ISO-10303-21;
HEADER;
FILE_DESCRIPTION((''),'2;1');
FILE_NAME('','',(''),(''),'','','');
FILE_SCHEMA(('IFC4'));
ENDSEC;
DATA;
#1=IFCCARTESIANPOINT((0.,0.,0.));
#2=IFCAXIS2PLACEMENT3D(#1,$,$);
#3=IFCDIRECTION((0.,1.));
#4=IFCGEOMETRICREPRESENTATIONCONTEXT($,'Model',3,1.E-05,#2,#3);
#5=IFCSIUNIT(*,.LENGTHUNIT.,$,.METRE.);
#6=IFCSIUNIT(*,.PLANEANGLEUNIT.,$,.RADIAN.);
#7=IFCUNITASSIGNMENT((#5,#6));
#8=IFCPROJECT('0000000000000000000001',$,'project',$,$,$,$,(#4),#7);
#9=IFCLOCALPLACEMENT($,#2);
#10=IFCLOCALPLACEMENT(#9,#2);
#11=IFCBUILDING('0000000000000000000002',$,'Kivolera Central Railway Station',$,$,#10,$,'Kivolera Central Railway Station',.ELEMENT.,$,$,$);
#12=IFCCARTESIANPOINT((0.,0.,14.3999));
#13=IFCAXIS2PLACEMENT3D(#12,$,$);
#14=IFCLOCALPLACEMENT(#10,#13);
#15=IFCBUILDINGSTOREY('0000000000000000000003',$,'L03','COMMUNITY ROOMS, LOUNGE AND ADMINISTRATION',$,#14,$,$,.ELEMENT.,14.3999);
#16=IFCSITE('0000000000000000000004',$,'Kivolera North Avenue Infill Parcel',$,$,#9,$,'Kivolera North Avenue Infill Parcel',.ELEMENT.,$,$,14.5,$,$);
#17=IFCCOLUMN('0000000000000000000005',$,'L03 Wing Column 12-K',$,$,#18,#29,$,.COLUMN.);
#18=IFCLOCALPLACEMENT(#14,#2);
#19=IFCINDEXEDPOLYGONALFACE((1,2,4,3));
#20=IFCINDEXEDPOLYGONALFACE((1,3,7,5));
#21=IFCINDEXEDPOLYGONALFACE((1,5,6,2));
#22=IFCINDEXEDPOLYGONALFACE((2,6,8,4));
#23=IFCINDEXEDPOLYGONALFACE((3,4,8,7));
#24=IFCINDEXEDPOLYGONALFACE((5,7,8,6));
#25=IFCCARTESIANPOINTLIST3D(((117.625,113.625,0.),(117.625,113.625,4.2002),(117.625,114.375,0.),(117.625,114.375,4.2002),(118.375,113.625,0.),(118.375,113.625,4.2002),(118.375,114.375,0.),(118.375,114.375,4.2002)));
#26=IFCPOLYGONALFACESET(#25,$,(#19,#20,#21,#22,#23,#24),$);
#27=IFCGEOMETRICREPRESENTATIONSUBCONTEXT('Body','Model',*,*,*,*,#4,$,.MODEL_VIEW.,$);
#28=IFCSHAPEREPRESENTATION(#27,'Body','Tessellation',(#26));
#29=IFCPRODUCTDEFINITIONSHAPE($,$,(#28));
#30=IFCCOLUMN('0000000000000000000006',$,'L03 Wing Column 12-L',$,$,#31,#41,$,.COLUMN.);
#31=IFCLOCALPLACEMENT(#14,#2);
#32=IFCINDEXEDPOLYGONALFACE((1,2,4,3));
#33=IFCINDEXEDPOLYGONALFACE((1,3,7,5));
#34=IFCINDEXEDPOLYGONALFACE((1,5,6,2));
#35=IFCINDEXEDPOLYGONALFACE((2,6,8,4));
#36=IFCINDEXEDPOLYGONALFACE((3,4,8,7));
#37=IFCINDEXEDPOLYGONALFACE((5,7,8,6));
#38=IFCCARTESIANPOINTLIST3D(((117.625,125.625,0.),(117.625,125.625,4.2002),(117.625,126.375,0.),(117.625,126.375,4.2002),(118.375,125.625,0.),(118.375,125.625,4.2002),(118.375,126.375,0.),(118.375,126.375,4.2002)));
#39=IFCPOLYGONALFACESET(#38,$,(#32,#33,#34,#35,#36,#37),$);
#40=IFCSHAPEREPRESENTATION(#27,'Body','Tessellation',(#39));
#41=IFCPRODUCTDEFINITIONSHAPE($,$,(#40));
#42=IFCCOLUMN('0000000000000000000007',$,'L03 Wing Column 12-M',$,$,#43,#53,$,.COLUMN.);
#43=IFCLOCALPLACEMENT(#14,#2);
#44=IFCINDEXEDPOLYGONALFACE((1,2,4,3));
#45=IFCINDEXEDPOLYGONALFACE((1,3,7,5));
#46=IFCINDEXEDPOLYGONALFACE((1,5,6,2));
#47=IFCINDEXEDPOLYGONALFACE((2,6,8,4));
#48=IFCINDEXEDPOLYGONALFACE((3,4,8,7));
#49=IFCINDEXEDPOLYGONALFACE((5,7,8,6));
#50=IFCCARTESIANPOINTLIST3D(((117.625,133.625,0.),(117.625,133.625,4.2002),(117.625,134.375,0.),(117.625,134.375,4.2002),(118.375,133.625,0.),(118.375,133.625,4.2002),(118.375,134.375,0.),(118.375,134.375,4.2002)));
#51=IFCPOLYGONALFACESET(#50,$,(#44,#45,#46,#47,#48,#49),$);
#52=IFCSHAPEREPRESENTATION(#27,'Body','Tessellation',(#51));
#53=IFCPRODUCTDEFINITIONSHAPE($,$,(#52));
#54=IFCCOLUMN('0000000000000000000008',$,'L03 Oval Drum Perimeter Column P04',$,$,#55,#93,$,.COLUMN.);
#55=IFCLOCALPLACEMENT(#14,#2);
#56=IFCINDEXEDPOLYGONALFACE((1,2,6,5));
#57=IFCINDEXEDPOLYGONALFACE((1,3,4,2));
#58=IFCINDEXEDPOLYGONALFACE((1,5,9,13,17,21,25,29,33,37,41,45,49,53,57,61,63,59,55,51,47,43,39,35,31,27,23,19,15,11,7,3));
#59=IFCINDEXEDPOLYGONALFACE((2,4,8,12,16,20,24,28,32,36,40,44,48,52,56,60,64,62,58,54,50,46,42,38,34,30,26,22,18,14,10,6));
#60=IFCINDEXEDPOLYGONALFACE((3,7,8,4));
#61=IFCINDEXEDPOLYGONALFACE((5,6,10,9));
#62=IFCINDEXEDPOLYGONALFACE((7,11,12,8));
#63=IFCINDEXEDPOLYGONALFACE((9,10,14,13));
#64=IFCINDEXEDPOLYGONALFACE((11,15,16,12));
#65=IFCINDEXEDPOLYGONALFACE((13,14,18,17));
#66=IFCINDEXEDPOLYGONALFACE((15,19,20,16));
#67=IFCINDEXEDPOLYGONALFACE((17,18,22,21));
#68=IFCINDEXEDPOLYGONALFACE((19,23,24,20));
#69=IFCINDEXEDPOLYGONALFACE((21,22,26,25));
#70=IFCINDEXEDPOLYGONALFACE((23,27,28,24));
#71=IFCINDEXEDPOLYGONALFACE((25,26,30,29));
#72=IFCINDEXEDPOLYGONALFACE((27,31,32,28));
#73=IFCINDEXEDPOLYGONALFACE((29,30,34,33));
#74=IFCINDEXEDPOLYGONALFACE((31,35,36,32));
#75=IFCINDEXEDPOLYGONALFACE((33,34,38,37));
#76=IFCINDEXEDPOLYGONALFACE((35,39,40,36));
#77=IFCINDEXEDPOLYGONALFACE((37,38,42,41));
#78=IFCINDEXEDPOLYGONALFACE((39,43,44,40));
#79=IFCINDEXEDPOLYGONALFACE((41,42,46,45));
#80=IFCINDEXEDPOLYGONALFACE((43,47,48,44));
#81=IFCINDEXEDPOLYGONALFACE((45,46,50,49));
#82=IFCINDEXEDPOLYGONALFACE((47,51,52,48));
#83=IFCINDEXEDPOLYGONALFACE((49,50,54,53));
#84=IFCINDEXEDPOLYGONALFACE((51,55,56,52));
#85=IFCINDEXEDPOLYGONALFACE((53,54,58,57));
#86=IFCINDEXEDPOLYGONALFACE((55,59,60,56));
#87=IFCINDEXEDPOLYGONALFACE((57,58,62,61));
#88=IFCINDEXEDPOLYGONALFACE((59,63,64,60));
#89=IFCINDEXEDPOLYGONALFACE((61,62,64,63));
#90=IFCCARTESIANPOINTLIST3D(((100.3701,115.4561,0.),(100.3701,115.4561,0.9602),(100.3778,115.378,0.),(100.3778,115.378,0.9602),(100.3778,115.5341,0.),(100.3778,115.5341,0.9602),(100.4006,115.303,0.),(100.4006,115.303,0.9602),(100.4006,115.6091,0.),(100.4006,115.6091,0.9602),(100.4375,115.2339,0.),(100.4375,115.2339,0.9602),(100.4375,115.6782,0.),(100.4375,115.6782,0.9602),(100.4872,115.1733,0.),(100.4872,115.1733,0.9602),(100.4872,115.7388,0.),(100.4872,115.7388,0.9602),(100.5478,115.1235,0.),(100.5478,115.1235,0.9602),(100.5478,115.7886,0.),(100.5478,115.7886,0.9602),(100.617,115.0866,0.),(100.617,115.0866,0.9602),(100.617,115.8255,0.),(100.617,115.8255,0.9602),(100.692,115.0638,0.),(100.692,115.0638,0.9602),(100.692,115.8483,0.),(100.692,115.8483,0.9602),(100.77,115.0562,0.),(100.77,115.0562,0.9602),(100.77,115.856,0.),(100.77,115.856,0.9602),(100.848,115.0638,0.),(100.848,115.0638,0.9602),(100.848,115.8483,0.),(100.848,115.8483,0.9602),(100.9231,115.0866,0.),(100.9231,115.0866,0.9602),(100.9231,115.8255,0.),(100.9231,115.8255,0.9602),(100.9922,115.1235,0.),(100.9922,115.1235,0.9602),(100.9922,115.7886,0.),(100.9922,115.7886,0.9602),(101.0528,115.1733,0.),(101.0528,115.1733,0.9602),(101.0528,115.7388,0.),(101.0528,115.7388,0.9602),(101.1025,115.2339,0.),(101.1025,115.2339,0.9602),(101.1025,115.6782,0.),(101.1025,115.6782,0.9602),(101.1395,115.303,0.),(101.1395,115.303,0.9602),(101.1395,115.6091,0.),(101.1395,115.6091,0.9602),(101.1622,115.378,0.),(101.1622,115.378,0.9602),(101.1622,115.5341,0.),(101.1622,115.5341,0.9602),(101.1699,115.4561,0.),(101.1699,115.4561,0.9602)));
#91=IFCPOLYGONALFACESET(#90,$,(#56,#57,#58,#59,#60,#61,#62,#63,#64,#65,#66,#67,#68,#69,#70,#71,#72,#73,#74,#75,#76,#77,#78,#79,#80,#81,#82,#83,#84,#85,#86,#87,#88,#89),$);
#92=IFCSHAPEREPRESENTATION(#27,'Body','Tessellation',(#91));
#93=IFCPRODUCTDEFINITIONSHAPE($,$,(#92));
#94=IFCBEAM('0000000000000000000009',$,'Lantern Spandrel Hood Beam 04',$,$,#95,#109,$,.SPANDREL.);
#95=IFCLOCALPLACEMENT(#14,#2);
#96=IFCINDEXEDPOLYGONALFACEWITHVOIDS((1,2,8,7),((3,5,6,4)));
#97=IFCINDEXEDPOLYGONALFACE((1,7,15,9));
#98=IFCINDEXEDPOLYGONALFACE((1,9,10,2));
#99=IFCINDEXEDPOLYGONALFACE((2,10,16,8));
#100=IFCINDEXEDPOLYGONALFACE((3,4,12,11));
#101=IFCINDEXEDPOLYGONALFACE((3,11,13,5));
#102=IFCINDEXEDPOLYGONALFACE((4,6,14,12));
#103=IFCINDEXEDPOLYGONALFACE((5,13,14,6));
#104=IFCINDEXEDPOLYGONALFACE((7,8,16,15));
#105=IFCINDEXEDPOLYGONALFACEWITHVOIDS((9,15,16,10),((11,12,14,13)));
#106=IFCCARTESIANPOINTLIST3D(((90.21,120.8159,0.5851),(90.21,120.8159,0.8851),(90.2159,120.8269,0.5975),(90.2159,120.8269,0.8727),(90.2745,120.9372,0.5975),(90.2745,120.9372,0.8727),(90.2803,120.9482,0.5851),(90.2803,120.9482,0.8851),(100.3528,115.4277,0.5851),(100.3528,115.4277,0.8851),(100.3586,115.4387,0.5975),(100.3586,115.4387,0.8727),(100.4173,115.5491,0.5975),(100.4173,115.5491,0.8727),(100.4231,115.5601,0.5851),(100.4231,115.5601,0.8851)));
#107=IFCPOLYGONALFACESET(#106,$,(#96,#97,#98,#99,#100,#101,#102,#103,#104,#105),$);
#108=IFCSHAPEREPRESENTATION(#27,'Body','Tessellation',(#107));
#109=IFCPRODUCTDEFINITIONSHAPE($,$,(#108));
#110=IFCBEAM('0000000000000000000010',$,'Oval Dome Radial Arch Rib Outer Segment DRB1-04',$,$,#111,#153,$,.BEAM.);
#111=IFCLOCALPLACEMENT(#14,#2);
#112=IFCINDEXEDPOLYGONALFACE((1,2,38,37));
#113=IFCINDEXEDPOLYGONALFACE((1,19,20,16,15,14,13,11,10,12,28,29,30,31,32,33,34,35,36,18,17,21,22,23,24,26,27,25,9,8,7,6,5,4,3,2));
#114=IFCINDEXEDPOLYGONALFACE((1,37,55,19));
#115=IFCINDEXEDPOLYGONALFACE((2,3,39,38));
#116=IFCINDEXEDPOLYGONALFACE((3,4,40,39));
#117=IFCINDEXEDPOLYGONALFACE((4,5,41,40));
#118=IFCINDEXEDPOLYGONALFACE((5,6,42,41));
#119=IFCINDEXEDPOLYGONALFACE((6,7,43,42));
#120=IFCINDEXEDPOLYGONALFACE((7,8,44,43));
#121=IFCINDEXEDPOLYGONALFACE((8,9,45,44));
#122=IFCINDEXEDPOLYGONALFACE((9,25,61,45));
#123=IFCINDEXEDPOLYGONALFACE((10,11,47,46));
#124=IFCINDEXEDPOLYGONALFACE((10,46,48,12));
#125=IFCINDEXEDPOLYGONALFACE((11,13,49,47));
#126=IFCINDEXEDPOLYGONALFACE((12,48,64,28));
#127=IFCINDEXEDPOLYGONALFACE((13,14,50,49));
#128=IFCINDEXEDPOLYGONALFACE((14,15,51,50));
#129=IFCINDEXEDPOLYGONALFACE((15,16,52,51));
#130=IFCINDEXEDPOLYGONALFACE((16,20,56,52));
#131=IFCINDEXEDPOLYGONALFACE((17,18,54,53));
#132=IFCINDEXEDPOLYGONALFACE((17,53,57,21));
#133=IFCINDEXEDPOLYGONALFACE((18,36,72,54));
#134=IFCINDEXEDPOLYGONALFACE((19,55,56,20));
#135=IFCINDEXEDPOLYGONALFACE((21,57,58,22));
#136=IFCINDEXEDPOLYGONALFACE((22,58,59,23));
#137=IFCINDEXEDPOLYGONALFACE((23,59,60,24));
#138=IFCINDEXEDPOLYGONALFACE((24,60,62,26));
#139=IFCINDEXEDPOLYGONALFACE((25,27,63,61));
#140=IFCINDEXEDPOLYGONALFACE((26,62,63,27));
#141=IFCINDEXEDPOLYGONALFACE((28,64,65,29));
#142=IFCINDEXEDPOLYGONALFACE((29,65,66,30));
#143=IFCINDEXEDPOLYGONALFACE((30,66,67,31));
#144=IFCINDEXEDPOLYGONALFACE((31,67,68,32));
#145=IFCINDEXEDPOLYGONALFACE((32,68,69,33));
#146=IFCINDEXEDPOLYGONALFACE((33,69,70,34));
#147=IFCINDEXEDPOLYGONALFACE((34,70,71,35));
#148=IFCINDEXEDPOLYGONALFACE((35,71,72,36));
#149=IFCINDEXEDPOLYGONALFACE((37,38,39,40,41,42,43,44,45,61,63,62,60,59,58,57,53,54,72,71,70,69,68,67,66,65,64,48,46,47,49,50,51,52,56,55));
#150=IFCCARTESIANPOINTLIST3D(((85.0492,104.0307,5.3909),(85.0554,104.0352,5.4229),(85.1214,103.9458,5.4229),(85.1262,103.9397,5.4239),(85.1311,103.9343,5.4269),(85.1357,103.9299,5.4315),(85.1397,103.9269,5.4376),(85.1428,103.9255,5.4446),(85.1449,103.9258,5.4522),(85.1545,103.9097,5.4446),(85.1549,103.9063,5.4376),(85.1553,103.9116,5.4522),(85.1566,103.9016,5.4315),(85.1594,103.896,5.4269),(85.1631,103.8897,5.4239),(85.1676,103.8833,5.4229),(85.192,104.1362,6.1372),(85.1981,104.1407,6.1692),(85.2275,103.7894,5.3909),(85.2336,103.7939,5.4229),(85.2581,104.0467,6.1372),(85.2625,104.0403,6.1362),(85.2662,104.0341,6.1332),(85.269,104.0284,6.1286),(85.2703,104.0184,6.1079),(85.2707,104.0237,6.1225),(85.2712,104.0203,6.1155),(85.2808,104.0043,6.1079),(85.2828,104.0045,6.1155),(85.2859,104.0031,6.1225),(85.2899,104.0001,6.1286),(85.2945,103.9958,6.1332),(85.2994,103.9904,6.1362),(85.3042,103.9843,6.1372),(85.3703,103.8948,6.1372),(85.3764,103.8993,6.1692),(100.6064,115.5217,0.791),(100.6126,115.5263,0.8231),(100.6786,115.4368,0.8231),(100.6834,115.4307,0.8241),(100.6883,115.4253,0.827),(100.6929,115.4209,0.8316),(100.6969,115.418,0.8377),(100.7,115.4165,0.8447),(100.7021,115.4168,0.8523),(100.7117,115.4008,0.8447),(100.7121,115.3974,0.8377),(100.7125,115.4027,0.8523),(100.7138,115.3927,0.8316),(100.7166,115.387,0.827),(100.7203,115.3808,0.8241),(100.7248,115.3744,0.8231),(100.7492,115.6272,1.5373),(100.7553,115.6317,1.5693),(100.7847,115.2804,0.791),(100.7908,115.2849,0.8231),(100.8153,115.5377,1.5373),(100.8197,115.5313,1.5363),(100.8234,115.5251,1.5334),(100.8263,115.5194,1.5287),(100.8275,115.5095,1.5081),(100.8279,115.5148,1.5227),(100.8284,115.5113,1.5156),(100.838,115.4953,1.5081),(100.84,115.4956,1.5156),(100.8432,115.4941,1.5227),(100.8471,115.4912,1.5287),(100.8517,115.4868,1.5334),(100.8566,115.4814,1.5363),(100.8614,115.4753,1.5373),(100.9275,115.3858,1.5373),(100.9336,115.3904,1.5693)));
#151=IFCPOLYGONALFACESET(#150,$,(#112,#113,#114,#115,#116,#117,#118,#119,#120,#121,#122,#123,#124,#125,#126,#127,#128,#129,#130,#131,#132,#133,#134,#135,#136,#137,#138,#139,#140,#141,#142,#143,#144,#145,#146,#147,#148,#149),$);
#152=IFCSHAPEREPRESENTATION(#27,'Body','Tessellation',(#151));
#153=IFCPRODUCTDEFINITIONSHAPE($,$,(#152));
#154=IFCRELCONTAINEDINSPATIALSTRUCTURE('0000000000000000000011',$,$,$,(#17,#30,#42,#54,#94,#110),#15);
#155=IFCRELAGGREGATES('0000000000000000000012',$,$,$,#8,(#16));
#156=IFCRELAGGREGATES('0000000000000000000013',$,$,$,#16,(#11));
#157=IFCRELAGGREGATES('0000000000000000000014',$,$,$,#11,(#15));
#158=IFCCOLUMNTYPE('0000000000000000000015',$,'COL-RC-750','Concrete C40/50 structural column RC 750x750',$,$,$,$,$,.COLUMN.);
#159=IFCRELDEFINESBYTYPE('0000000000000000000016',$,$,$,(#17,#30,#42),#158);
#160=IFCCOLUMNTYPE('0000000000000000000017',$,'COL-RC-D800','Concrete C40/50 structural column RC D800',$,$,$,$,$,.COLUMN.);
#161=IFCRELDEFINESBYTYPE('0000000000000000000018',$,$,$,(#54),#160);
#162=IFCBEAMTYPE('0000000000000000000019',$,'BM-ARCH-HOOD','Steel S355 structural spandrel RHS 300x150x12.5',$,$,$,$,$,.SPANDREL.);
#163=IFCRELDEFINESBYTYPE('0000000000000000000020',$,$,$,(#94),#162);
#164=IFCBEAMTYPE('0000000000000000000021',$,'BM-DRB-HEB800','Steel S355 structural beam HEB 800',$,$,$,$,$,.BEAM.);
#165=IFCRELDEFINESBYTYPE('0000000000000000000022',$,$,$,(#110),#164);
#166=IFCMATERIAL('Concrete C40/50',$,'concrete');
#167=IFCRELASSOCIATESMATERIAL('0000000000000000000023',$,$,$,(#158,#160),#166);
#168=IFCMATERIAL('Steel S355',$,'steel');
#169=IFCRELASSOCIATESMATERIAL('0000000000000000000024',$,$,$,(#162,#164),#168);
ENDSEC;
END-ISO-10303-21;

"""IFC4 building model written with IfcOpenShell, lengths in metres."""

from ifc_helpers import new_model, si_unit, direction, frame, origin, origin_2d, place, context, subcontext, project, spatial, rectangle, hollow_rectangle, circle, i_section, extrude, material, material_profile, profile_set, type_object, element, save


model = new_model("IFC4")

# Units and contexts
model_context = context("Model", 3, precision=1e-05, world=origin(), true_north=direction((0.0, 1.0)))
body_context = subcontext(model_context, "Body", "Model", "MODEL_VIEW")
ifc_project = project(units=[si_unit("LENGTHUNIT", "METRE"), si_unit("PLANEANGLEUNIT", "RADIAN")], contexts=[model_context])

# Site, building, storey
site_placement = place(None, origin())
site = spatial("IfcSite", under=ifc_project, at=site_placement, Name="Kivolera North Avenue Infill Parcel", LongName="Kivolera North Avenue Infill Parcel", CompositionType="ELEMENT", RefElevation=14.5)
building_placement = place(site_placement, origin())
building = spatial("IfcBuilding", under=site, at=building_placement, Name="Kivolera Central Railway Station", LongName="Kivolera Central Railway Station", CompositionType="ELEMENT")
storey_placement = place(building_placement, frame((0.0, 0.0, 14.3999)))
storey = spatial("IfcBuildingStorey", under=building, at=storey_placement, Name="L03", Description="COMMUNITY ROOMS, LOUNGE AND ADMINISTRATION", CompositionType="ELEMENT", Elevation=14.3999)

# Columns
ifc_material_1 = material(Name="Concrete C40/50", Category="concrete")
ifc_material_profile_1 = material_profile(ifc_material_1, rectangle(XDim=0.75, YDim=0.75, at=origin_2d()), Name="RC 750x750")
ifc_profile_set_1 = profile_set([ifc_material_profile_1], Name="Concrete C40/50")
column_type_1 = type_object("IfcColumnType", Name="COL-RC-750", Description="Concrete C40/50 structural column RC 750x750", PredefinedType="COLUMN", material=ifc_profile_set_1)
for number, where, z_axis, x_axis, name in (
    (1, (118.0, 114.0, 0.0), (0.0, 0.0, 1.0), (1.0, 0.0, 0.0), "L03 Wing Column 12-K"),
    (2, (118.0, 126.0, 0.0), (0.0, 0.0, 1.0), (1.0, 0.0, 0.0), "L03 Wing Column 12-L"),
    (3, (118.0, 134.0, 0.0), (0.0, 0.0, 1.0), (1.0, 0.0, 0.0), "L03 Wing Column 12-M"),
):
    element("IfcColumn", number, at=place(storey_placement, frame(where, z_axis=z_axis, x_axis=x_axis)), inside=storey, type_object=column_type_1, Name=name, PredefinedType="COLUMN", context=body_context, shape_type="SweptSolid", body=[
        extrude(rectangle(XDim=0.75, YDim=0.75, at=origin_2d()), origin(), (0.0, 0.0, 1.0), 4.2002),
    ])
ifc_material_profile_2 = material_profile(ifc_material_1, circle(Radius=0.3999, at=origin_2d()), Name="RC D800")
ifc_profile_set_2 = profile_set([ifc_material_profile_2], Name="Concrete C40/50")
column_type_2 = type_object("IfcColumnType", Name="COL-RC-D800", Description="Concrete C40/50 structural column RC D800", PredefinedType="COLUMN", material=ifc_profile_set_2)
column_placement = place(storey_placement, frame((100.77, 115.4561, 0.0), z_axis=(0.0, 0.0, 1.0), x_axis=(1.0, 0.0, 0.0)))
element("IfcColumn", 4, at=column_placement, inside=storey, type_object=column_type_2, Name="L03 Oval Drum Perimeter Column P04", PredefinedType="COLUMN", context=body_context, shape_type="SweptSolid", body=[
    extrude(circle(Radius=0.3999, at=origin_2d()), origin(), (0.0, 0.0, 1.0), 0.9602),
])

# Beams
ifc_material_2 = material(Name="Steel S355", Category="steel")
ifc_material_profile_3 = material_profile(ifc_material_2, hollow_rectangle(XDim=0.1499, YDim=0.3, WallThickness=0.0125, at=origin_2d()), Name="RHS 300x150x12.5")
ifc_profile_set_3 = profile_set([ifc_material_profile_3], Name="Steel S355")
beam_type_1 = type_object("IfcBeamType", Name="BM-ARCH-HOOD", Description="Steel S355 structural spandrel RHS 300x150x12.5", PredefinedType="SPANDREL", material=ifc_profile_set_3)
beam_1_placement = place(storey_placement, frame((100.3879, 115.4939, 0.7351), z_axis=(-0.883123, 0.469142, 0.0), x_axis=(-0.469142, -0.883123, 0.0)))
element("IfcBeam", 5, at=beam_1_placement, inside=storey, type_object=beam_type_1, Name="Lantern Spandrel Hood Beam 04", PredefinedType="SPANDREL", context=body_context, shape_type="SweptSolid", body=[
    extrude(hollow_rectangle(XDim=0.1499, YDim=0.3, WallThickness=0.0125, at=origin_2d()), origin(), (0.0, 0.0, 1.0), 11.4851),
])
ifc_material_profile_4 = material_profile(ifc_material_2, i_section(OverallWidth=0.3, OverallDepth=0.8, WebThickness=0.0176, FlangeThickness=0.033, FilletRadius=0.03, at=origin_2d()), Name="HEB 800")
ifc_profile_set_4 = profile_set([ifc_material_profile_4], Name="Steel S355")
beam_type_2 = type_object("IfcBeamType", Name="BM-DRB-HEB800", Description="Steel S355 structural beam HEB 800", PredefinedType="BEAM", material=ifc_profile_set_4)
beam_2_placement = place(storey_placement, frame((100.77, 115.4561, 1.1802), z_axis=(-0.782541, -0.578009, 0.231378), x_axis=(0.594131, -0.804368, 0.0)))
element("IfcBeam", 6, at=beam_2_placement, inside=storey, type_object=beam_type_2, Name="Oval Dome Radial Arch Rib Outer Segment DRB1-04", PredefinedType="BEAM", context=body_context, shape_type="SweptSolid", body=[
    extrude(i_section(OverallWidth=0.3, OverallDepth=0.8, WebThickness=0.0176, FlangeThickness=0.033, FilletRadius=0.03, at=origin_2d()), origin(), (0.0, 0.0, 1.0), 19.8804),
])

save(model, "model.ifc")
